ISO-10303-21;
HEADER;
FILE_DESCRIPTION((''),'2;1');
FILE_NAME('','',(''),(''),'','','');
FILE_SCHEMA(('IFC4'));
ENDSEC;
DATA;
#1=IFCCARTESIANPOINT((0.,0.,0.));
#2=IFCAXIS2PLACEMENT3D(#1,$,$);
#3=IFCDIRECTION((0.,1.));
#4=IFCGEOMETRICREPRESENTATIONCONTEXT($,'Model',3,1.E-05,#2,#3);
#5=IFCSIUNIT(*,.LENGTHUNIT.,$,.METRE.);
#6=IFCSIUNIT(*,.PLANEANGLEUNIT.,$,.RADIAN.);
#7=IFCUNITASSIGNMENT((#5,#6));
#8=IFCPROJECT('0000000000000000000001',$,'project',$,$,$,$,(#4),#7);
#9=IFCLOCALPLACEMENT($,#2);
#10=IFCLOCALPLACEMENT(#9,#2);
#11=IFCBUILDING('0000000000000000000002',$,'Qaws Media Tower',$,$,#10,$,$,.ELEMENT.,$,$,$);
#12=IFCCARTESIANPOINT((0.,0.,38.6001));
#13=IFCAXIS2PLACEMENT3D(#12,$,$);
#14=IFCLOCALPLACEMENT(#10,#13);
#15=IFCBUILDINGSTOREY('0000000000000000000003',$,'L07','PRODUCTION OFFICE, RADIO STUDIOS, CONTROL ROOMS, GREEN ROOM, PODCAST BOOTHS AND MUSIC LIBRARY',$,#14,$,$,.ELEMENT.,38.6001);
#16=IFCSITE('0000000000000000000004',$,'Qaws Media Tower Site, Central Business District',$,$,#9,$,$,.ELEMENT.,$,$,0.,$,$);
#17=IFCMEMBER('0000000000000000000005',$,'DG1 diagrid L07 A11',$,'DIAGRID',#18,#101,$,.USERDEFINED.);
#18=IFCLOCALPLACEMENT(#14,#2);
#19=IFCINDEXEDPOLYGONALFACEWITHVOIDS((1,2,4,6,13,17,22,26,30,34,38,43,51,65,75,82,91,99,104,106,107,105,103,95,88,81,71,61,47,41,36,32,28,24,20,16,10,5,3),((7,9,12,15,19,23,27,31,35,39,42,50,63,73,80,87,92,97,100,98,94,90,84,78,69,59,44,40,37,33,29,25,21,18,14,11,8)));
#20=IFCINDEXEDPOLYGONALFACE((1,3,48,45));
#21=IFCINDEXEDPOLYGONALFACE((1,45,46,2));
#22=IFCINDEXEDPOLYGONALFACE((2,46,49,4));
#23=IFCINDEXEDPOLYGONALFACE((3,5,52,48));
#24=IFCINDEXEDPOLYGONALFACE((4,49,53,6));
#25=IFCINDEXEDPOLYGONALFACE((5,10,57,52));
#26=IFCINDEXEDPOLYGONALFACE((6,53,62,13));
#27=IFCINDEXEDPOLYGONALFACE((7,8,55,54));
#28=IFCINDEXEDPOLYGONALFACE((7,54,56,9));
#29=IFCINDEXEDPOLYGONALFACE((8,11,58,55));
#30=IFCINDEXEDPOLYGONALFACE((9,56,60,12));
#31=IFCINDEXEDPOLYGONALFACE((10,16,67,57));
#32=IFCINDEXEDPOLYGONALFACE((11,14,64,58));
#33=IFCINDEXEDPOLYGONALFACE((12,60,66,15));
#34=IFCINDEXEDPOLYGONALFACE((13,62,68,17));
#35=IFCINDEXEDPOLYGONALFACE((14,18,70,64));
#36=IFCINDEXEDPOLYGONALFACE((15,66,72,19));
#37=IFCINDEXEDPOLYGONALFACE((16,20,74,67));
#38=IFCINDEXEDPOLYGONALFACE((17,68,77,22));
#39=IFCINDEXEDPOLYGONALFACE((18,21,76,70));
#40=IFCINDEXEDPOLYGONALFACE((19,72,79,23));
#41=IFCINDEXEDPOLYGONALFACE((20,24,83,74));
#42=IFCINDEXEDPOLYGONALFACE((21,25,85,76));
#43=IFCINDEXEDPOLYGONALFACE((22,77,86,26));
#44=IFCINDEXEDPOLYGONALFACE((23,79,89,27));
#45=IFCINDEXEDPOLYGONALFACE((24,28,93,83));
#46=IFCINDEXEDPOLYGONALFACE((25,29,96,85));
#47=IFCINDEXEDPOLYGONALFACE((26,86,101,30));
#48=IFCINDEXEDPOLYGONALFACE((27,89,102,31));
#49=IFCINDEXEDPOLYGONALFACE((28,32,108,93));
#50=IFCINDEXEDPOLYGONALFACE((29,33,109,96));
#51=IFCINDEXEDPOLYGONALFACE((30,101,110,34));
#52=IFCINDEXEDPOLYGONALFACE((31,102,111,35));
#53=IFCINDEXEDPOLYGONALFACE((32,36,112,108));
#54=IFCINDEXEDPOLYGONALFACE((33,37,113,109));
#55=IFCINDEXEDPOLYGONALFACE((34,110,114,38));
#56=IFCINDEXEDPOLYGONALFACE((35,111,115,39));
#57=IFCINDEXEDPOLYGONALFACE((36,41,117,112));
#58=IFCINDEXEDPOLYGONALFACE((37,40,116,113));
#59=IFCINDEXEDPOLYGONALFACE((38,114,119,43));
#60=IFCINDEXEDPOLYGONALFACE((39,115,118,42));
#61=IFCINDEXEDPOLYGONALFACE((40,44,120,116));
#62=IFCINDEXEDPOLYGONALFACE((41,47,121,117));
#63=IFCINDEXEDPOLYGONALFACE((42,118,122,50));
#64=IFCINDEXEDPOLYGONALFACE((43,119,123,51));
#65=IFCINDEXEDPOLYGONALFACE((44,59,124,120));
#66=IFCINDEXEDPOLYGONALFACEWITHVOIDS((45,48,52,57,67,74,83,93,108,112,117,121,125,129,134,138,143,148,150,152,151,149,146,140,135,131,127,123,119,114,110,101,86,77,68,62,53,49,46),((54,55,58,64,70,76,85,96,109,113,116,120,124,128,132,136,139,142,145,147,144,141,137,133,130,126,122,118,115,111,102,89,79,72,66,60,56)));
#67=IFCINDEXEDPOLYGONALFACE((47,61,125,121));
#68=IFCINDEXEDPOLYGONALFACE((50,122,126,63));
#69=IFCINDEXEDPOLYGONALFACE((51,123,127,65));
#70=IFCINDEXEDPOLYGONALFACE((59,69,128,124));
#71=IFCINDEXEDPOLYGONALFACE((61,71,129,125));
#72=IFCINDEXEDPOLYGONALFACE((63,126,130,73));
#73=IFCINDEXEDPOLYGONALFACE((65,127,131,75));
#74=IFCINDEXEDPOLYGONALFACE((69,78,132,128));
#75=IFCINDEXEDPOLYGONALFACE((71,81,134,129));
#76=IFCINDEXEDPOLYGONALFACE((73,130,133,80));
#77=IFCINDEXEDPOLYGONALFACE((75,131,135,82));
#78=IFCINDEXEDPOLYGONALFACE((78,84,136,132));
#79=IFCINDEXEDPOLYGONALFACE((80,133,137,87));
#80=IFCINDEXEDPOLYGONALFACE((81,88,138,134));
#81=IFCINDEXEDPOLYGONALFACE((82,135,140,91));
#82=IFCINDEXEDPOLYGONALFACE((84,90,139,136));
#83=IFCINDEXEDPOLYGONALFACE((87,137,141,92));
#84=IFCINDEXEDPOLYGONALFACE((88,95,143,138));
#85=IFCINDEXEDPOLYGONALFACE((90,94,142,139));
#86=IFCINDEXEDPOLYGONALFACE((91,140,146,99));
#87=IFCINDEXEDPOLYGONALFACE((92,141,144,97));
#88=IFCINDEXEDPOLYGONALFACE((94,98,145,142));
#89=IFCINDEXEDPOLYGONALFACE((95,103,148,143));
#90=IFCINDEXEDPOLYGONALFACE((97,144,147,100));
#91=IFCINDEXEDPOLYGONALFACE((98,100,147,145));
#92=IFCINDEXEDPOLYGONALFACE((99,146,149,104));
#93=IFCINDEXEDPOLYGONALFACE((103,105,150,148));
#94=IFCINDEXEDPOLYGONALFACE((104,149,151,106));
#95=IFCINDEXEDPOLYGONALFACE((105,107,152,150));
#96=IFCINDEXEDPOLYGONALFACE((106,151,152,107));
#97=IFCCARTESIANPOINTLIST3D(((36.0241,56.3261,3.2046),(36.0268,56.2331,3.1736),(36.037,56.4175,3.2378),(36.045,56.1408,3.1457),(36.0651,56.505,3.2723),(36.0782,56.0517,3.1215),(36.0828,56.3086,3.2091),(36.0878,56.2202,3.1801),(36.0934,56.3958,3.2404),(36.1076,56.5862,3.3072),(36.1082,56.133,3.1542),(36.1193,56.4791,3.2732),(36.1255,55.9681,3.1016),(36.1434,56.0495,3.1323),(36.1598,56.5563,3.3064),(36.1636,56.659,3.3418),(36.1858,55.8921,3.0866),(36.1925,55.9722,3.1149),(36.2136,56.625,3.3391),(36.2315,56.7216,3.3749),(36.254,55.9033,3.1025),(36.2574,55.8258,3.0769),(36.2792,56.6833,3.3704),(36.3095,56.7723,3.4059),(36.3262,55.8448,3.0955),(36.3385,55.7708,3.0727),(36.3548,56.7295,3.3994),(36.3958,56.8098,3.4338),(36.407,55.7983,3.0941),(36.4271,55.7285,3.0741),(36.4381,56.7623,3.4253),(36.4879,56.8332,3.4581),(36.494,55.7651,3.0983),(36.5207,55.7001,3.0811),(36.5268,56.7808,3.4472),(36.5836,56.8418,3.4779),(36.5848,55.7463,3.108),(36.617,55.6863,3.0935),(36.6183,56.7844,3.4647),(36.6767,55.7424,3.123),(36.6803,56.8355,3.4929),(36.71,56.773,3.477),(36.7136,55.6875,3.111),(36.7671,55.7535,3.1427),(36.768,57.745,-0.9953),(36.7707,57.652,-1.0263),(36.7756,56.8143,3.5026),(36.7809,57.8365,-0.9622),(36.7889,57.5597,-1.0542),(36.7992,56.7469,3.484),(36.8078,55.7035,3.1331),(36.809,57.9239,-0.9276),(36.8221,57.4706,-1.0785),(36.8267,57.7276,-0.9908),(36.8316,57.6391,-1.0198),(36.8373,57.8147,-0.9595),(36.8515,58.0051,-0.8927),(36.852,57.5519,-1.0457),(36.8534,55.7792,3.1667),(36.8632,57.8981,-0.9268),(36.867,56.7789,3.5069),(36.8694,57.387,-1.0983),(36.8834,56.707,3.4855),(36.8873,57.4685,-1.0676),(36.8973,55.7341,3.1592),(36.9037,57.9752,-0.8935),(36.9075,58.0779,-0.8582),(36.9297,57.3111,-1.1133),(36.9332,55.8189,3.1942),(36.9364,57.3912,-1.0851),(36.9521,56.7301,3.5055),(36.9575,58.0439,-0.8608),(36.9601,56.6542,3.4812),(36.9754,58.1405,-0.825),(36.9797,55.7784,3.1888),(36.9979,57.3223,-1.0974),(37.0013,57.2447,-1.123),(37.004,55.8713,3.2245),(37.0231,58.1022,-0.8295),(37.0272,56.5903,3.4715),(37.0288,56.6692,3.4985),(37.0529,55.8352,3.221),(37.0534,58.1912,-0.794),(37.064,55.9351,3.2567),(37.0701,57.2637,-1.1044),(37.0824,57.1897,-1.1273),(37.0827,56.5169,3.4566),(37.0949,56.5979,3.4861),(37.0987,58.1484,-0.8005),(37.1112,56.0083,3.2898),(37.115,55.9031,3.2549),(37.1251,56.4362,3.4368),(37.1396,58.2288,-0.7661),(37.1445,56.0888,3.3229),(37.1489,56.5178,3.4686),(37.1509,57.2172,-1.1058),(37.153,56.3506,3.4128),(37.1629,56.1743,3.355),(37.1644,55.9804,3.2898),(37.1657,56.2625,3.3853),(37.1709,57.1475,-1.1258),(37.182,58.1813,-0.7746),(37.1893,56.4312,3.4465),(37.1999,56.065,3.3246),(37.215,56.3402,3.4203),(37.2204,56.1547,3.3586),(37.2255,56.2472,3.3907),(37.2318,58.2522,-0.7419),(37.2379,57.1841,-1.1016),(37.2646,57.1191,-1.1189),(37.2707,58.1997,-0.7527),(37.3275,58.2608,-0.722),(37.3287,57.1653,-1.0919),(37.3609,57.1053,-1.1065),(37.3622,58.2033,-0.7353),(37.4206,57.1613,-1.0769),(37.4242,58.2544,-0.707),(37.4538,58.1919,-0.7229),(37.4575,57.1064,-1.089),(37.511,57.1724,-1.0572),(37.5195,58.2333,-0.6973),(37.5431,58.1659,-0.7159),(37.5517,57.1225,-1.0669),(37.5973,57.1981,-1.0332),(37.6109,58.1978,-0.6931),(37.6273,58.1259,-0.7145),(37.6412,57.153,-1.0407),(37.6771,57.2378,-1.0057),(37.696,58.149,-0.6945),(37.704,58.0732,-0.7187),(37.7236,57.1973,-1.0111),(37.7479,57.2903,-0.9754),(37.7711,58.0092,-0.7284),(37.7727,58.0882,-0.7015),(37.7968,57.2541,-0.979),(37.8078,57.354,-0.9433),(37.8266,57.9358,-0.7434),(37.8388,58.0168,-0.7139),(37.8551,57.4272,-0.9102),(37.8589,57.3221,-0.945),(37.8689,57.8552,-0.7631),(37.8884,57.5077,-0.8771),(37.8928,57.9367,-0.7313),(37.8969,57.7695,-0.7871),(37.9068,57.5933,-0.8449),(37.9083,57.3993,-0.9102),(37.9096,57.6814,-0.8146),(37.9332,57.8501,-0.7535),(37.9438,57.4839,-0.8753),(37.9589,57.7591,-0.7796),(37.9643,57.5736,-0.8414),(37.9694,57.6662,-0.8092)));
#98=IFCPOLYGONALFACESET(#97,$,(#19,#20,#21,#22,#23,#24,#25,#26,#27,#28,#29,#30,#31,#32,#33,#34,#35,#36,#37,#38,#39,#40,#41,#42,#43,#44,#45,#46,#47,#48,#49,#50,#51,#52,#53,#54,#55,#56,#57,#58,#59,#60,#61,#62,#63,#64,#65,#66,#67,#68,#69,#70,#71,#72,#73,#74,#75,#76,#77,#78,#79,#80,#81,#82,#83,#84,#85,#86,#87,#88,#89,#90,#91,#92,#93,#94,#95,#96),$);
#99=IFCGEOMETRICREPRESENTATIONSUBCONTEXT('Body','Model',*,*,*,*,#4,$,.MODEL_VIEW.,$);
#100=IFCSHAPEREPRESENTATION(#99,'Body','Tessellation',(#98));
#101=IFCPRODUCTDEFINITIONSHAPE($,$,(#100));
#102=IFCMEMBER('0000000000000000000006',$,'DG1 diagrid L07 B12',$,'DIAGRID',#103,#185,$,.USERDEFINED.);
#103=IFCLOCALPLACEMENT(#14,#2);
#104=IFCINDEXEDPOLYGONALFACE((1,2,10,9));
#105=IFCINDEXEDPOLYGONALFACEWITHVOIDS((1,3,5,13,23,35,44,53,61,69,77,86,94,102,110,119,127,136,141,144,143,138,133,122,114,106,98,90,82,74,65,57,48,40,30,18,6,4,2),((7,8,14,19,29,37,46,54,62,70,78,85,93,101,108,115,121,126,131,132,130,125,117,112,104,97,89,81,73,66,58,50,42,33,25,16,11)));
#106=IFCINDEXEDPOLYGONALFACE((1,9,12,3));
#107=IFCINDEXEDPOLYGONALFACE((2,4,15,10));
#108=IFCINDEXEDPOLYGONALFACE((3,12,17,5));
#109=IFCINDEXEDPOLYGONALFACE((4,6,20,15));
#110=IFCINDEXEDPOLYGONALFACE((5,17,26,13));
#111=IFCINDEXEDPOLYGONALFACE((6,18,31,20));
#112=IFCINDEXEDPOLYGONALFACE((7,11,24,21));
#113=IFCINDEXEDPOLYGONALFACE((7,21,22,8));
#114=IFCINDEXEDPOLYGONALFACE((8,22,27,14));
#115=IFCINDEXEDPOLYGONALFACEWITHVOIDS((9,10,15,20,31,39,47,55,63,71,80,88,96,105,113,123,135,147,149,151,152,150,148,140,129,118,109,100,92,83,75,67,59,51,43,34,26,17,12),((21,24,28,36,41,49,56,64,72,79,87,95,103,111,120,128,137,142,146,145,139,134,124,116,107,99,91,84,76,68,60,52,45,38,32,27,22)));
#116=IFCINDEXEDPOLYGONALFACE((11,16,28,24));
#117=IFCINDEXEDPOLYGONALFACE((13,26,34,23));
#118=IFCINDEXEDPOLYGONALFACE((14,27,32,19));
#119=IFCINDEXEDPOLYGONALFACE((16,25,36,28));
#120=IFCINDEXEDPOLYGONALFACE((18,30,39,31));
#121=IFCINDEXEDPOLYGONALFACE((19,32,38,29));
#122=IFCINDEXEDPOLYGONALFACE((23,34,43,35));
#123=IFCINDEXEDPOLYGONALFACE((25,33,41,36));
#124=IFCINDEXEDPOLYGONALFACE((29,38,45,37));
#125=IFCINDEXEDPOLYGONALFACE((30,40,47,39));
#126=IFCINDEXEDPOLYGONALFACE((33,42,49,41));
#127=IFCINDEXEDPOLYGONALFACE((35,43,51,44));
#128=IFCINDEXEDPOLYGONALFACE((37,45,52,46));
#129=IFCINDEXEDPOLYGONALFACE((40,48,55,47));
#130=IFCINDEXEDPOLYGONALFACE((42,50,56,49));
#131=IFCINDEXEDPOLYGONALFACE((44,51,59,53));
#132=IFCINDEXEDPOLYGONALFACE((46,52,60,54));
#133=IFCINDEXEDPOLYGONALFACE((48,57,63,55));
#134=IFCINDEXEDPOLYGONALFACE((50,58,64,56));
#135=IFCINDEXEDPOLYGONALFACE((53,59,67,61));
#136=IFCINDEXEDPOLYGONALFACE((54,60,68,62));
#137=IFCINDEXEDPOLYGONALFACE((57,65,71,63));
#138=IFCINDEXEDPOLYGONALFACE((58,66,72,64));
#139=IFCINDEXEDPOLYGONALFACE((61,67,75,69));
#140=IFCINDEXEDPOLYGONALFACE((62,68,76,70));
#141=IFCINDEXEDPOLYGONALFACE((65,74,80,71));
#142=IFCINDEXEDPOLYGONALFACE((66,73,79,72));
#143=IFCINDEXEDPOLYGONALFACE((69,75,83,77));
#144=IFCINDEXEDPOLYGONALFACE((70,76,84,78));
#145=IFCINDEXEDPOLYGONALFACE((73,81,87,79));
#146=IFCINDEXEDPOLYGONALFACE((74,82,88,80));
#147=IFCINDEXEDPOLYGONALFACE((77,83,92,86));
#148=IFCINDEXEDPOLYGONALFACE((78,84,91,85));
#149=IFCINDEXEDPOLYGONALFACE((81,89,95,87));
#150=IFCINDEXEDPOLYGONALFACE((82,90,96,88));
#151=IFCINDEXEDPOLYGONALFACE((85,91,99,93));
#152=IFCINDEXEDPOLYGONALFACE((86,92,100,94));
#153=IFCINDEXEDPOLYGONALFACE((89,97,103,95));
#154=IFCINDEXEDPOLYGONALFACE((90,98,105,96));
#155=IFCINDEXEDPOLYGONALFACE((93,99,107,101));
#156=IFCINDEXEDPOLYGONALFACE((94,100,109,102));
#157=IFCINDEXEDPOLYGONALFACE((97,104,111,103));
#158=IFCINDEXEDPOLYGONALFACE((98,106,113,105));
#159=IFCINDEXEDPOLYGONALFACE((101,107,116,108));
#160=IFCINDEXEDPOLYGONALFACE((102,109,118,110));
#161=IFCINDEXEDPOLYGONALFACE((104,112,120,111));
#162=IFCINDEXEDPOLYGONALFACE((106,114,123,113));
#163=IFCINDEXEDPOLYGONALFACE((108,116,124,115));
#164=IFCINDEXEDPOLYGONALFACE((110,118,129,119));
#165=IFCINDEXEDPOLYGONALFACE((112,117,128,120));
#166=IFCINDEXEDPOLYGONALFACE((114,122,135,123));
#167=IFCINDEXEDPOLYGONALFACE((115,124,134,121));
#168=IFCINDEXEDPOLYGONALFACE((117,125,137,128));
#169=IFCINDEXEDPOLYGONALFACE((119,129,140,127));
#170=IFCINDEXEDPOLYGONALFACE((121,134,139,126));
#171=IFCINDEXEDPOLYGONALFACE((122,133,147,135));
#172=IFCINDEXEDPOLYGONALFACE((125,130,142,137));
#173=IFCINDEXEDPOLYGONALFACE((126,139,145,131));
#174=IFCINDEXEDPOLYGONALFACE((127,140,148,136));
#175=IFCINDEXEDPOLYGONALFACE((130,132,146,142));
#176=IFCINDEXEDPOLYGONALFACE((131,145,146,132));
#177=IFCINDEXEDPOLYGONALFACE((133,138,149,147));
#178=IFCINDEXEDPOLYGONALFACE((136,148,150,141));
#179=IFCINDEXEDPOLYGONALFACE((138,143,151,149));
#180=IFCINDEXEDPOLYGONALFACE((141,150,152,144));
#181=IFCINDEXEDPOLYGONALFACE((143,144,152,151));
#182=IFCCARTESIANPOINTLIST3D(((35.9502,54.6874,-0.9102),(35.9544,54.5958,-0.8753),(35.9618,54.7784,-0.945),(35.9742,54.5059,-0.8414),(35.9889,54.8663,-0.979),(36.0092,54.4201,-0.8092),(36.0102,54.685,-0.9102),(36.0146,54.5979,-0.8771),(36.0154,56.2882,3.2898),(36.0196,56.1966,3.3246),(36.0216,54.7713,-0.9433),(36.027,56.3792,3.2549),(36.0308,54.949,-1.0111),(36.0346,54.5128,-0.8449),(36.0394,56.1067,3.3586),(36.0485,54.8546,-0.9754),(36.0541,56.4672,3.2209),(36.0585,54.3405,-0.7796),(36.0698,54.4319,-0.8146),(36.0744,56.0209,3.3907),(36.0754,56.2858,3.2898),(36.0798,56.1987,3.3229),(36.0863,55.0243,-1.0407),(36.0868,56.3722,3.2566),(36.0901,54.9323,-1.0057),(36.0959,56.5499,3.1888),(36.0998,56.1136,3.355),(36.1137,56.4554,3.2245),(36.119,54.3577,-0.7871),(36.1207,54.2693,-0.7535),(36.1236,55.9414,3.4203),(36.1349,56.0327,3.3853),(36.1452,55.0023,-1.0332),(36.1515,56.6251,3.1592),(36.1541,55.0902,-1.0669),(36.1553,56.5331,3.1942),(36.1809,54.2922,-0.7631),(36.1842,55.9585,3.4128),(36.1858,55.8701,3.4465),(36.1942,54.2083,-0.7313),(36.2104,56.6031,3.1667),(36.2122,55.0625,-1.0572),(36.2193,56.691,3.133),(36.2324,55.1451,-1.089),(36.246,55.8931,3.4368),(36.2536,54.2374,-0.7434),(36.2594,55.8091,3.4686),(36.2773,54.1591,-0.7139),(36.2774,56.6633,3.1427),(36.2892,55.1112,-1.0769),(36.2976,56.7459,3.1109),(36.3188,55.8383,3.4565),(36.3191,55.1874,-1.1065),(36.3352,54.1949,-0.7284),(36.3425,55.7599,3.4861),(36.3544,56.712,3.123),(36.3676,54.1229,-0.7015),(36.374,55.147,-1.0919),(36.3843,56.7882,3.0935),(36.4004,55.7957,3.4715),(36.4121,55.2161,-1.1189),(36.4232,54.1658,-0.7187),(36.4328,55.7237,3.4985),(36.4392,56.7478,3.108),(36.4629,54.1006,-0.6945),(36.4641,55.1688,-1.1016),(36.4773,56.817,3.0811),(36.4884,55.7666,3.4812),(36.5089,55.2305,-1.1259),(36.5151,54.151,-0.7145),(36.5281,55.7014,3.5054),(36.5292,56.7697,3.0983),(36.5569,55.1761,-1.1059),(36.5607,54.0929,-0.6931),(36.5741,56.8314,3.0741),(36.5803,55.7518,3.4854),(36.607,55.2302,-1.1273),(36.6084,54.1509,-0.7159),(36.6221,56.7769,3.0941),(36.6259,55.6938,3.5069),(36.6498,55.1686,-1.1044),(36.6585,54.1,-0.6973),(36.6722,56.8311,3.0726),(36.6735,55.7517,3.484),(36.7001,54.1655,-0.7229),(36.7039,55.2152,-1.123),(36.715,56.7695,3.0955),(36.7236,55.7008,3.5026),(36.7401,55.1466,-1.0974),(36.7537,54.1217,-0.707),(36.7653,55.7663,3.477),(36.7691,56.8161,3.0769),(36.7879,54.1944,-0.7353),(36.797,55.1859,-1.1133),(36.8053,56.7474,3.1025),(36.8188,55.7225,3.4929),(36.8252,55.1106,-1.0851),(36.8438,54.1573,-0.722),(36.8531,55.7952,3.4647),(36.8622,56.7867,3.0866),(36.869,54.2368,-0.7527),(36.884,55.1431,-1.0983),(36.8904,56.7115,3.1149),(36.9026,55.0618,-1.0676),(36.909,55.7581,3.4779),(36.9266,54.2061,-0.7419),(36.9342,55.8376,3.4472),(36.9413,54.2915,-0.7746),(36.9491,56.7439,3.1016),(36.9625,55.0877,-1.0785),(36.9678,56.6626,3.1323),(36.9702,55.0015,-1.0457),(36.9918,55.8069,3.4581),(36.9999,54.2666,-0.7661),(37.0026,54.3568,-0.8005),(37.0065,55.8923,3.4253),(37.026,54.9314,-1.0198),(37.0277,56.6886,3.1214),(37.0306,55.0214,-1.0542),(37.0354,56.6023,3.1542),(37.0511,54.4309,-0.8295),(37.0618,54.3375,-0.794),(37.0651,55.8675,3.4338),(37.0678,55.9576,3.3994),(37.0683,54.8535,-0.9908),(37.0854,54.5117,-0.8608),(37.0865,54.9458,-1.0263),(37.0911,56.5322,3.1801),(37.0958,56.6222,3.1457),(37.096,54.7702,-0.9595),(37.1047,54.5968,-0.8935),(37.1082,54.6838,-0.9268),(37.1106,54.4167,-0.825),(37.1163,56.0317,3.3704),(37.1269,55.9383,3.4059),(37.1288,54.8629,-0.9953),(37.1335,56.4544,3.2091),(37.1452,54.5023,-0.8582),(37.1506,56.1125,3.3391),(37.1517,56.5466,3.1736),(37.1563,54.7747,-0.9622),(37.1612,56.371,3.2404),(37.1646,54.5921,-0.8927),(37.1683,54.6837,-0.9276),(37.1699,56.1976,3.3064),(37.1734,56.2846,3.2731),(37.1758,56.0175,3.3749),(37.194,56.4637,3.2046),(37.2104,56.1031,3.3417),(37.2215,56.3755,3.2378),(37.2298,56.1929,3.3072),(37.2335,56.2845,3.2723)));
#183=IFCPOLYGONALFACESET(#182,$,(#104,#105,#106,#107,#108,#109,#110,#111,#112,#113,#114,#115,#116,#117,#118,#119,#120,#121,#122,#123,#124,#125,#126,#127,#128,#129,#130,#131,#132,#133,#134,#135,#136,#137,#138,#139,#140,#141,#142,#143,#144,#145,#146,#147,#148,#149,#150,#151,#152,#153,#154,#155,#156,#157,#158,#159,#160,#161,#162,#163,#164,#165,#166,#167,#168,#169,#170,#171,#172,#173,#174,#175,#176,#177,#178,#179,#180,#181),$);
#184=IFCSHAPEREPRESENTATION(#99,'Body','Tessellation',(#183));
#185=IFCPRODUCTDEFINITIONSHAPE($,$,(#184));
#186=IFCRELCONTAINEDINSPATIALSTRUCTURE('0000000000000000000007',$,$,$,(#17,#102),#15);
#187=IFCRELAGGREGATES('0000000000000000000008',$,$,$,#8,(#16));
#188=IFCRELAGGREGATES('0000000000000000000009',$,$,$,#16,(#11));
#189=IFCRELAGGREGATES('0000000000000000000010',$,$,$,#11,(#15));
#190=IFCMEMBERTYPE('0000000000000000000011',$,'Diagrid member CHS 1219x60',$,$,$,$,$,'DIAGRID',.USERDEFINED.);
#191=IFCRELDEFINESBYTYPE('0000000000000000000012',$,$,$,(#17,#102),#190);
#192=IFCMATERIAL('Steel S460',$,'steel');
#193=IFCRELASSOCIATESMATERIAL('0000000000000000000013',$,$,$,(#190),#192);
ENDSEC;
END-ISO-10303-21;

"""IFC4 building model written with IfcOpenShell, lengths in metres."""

from ifc_helpers import new_model, si_unit, direction, frame, origin, origin_2d, place, context, subcontext, project, spatial, hollow_circle, extrude, material, material_profile, profile_set, type_object, element, save


model = new_model("IFC4")

# Units and contexts
model_context = context("Model", 3, precision=1e-05, world=origin(), true_north=direction((0.0, 1.0)))
body_context = subcontext(model_context, "Body", "Model", "MODEL_VIEW")
ifc_project = project(units=[si_unit("LENGTHUNIT", "METRE"), si_unit("PLANEANGLEUNIT", "RADIAN")], contexts=[model_context])

# Site, building, storey
site_placement = place(None, origin())
site = spatial("IfcSite", under=ifc_project, at=site_placement, Name="Qaws Media Tower Site, Central Business District", CompositionType="ELEMENT", RefElevation=0.0)
building_placement = place(site_placement, origin())
building = spatial("IfcBuilding", under=site, at=building_placement, Name="Qaws Media Tower", CompositionType="ELEMENT")
storey_placement = place(building_placement, frame((0.0, 0.0, 38.6001)))
storey = spatial("IfcBuildingStorey", under=building, at=storey_placement, Name="L07", Description="PRODUCTION OFFICE, RADIO STUDIOS, CONTROL ROOMS, GREEN ROOM, PODCAST BOOTHS AND MUSIC LIBRARY", CompositionType="ELEMENT", Elevation=38.6001)

# Members
ifc_material_1 = material(Name="Steel S460", Category="steel")
ifc_material_profile_1 = material_profile(ifc_material_1, hollow_circle(Radius=0.6096, WallThickness=0.0601, at=origin_2d()), Name="CHS 1219x60")
ifc_profile_set_1 = profile_set([ifc_material_profile_1], Name="Steel S460")
member_type_1 = type_object("IfcMemberType", Name="Diagrid member CHS 1219x60", ElementType="DIAGRID", PredefinedType="USERDEFINED", material=ifc_profile_set_1)
for number, where, z_axis, x_axis, name in (
    (1, (37.3684, 57.6824, -0.9102), (-0.165489, -0.315661, 0.934329), (0.885667, -0.46432, 0.0), "DG1 diagrid L07 A11"),
    (2, (36.5593, 54.6626, -0.9102), (0.014501, 0.356123, 0.934327), (-0.999172, 0.040686, 0.0), "DG1 diagrid L07 B12"),
):
    element("IfcMember", number, at=place(storey_placement, frame(where, z_axis=z_axis, x_axis=x_axis)), inside=storey, type_object=member_type_1, Name=name, ObjectType="DIAGRID", PredefinedType="USERDEFINED", context=body_context, shape_type="SweptSolid", body=[
        extrude(hollow_circle(Radius=0.6096, WallThickness=0.0601, at=origin_2d()), origin(), (0.0, 0.0, 1.0), 4.4951),
    ])

save(model, "model.ifc")
